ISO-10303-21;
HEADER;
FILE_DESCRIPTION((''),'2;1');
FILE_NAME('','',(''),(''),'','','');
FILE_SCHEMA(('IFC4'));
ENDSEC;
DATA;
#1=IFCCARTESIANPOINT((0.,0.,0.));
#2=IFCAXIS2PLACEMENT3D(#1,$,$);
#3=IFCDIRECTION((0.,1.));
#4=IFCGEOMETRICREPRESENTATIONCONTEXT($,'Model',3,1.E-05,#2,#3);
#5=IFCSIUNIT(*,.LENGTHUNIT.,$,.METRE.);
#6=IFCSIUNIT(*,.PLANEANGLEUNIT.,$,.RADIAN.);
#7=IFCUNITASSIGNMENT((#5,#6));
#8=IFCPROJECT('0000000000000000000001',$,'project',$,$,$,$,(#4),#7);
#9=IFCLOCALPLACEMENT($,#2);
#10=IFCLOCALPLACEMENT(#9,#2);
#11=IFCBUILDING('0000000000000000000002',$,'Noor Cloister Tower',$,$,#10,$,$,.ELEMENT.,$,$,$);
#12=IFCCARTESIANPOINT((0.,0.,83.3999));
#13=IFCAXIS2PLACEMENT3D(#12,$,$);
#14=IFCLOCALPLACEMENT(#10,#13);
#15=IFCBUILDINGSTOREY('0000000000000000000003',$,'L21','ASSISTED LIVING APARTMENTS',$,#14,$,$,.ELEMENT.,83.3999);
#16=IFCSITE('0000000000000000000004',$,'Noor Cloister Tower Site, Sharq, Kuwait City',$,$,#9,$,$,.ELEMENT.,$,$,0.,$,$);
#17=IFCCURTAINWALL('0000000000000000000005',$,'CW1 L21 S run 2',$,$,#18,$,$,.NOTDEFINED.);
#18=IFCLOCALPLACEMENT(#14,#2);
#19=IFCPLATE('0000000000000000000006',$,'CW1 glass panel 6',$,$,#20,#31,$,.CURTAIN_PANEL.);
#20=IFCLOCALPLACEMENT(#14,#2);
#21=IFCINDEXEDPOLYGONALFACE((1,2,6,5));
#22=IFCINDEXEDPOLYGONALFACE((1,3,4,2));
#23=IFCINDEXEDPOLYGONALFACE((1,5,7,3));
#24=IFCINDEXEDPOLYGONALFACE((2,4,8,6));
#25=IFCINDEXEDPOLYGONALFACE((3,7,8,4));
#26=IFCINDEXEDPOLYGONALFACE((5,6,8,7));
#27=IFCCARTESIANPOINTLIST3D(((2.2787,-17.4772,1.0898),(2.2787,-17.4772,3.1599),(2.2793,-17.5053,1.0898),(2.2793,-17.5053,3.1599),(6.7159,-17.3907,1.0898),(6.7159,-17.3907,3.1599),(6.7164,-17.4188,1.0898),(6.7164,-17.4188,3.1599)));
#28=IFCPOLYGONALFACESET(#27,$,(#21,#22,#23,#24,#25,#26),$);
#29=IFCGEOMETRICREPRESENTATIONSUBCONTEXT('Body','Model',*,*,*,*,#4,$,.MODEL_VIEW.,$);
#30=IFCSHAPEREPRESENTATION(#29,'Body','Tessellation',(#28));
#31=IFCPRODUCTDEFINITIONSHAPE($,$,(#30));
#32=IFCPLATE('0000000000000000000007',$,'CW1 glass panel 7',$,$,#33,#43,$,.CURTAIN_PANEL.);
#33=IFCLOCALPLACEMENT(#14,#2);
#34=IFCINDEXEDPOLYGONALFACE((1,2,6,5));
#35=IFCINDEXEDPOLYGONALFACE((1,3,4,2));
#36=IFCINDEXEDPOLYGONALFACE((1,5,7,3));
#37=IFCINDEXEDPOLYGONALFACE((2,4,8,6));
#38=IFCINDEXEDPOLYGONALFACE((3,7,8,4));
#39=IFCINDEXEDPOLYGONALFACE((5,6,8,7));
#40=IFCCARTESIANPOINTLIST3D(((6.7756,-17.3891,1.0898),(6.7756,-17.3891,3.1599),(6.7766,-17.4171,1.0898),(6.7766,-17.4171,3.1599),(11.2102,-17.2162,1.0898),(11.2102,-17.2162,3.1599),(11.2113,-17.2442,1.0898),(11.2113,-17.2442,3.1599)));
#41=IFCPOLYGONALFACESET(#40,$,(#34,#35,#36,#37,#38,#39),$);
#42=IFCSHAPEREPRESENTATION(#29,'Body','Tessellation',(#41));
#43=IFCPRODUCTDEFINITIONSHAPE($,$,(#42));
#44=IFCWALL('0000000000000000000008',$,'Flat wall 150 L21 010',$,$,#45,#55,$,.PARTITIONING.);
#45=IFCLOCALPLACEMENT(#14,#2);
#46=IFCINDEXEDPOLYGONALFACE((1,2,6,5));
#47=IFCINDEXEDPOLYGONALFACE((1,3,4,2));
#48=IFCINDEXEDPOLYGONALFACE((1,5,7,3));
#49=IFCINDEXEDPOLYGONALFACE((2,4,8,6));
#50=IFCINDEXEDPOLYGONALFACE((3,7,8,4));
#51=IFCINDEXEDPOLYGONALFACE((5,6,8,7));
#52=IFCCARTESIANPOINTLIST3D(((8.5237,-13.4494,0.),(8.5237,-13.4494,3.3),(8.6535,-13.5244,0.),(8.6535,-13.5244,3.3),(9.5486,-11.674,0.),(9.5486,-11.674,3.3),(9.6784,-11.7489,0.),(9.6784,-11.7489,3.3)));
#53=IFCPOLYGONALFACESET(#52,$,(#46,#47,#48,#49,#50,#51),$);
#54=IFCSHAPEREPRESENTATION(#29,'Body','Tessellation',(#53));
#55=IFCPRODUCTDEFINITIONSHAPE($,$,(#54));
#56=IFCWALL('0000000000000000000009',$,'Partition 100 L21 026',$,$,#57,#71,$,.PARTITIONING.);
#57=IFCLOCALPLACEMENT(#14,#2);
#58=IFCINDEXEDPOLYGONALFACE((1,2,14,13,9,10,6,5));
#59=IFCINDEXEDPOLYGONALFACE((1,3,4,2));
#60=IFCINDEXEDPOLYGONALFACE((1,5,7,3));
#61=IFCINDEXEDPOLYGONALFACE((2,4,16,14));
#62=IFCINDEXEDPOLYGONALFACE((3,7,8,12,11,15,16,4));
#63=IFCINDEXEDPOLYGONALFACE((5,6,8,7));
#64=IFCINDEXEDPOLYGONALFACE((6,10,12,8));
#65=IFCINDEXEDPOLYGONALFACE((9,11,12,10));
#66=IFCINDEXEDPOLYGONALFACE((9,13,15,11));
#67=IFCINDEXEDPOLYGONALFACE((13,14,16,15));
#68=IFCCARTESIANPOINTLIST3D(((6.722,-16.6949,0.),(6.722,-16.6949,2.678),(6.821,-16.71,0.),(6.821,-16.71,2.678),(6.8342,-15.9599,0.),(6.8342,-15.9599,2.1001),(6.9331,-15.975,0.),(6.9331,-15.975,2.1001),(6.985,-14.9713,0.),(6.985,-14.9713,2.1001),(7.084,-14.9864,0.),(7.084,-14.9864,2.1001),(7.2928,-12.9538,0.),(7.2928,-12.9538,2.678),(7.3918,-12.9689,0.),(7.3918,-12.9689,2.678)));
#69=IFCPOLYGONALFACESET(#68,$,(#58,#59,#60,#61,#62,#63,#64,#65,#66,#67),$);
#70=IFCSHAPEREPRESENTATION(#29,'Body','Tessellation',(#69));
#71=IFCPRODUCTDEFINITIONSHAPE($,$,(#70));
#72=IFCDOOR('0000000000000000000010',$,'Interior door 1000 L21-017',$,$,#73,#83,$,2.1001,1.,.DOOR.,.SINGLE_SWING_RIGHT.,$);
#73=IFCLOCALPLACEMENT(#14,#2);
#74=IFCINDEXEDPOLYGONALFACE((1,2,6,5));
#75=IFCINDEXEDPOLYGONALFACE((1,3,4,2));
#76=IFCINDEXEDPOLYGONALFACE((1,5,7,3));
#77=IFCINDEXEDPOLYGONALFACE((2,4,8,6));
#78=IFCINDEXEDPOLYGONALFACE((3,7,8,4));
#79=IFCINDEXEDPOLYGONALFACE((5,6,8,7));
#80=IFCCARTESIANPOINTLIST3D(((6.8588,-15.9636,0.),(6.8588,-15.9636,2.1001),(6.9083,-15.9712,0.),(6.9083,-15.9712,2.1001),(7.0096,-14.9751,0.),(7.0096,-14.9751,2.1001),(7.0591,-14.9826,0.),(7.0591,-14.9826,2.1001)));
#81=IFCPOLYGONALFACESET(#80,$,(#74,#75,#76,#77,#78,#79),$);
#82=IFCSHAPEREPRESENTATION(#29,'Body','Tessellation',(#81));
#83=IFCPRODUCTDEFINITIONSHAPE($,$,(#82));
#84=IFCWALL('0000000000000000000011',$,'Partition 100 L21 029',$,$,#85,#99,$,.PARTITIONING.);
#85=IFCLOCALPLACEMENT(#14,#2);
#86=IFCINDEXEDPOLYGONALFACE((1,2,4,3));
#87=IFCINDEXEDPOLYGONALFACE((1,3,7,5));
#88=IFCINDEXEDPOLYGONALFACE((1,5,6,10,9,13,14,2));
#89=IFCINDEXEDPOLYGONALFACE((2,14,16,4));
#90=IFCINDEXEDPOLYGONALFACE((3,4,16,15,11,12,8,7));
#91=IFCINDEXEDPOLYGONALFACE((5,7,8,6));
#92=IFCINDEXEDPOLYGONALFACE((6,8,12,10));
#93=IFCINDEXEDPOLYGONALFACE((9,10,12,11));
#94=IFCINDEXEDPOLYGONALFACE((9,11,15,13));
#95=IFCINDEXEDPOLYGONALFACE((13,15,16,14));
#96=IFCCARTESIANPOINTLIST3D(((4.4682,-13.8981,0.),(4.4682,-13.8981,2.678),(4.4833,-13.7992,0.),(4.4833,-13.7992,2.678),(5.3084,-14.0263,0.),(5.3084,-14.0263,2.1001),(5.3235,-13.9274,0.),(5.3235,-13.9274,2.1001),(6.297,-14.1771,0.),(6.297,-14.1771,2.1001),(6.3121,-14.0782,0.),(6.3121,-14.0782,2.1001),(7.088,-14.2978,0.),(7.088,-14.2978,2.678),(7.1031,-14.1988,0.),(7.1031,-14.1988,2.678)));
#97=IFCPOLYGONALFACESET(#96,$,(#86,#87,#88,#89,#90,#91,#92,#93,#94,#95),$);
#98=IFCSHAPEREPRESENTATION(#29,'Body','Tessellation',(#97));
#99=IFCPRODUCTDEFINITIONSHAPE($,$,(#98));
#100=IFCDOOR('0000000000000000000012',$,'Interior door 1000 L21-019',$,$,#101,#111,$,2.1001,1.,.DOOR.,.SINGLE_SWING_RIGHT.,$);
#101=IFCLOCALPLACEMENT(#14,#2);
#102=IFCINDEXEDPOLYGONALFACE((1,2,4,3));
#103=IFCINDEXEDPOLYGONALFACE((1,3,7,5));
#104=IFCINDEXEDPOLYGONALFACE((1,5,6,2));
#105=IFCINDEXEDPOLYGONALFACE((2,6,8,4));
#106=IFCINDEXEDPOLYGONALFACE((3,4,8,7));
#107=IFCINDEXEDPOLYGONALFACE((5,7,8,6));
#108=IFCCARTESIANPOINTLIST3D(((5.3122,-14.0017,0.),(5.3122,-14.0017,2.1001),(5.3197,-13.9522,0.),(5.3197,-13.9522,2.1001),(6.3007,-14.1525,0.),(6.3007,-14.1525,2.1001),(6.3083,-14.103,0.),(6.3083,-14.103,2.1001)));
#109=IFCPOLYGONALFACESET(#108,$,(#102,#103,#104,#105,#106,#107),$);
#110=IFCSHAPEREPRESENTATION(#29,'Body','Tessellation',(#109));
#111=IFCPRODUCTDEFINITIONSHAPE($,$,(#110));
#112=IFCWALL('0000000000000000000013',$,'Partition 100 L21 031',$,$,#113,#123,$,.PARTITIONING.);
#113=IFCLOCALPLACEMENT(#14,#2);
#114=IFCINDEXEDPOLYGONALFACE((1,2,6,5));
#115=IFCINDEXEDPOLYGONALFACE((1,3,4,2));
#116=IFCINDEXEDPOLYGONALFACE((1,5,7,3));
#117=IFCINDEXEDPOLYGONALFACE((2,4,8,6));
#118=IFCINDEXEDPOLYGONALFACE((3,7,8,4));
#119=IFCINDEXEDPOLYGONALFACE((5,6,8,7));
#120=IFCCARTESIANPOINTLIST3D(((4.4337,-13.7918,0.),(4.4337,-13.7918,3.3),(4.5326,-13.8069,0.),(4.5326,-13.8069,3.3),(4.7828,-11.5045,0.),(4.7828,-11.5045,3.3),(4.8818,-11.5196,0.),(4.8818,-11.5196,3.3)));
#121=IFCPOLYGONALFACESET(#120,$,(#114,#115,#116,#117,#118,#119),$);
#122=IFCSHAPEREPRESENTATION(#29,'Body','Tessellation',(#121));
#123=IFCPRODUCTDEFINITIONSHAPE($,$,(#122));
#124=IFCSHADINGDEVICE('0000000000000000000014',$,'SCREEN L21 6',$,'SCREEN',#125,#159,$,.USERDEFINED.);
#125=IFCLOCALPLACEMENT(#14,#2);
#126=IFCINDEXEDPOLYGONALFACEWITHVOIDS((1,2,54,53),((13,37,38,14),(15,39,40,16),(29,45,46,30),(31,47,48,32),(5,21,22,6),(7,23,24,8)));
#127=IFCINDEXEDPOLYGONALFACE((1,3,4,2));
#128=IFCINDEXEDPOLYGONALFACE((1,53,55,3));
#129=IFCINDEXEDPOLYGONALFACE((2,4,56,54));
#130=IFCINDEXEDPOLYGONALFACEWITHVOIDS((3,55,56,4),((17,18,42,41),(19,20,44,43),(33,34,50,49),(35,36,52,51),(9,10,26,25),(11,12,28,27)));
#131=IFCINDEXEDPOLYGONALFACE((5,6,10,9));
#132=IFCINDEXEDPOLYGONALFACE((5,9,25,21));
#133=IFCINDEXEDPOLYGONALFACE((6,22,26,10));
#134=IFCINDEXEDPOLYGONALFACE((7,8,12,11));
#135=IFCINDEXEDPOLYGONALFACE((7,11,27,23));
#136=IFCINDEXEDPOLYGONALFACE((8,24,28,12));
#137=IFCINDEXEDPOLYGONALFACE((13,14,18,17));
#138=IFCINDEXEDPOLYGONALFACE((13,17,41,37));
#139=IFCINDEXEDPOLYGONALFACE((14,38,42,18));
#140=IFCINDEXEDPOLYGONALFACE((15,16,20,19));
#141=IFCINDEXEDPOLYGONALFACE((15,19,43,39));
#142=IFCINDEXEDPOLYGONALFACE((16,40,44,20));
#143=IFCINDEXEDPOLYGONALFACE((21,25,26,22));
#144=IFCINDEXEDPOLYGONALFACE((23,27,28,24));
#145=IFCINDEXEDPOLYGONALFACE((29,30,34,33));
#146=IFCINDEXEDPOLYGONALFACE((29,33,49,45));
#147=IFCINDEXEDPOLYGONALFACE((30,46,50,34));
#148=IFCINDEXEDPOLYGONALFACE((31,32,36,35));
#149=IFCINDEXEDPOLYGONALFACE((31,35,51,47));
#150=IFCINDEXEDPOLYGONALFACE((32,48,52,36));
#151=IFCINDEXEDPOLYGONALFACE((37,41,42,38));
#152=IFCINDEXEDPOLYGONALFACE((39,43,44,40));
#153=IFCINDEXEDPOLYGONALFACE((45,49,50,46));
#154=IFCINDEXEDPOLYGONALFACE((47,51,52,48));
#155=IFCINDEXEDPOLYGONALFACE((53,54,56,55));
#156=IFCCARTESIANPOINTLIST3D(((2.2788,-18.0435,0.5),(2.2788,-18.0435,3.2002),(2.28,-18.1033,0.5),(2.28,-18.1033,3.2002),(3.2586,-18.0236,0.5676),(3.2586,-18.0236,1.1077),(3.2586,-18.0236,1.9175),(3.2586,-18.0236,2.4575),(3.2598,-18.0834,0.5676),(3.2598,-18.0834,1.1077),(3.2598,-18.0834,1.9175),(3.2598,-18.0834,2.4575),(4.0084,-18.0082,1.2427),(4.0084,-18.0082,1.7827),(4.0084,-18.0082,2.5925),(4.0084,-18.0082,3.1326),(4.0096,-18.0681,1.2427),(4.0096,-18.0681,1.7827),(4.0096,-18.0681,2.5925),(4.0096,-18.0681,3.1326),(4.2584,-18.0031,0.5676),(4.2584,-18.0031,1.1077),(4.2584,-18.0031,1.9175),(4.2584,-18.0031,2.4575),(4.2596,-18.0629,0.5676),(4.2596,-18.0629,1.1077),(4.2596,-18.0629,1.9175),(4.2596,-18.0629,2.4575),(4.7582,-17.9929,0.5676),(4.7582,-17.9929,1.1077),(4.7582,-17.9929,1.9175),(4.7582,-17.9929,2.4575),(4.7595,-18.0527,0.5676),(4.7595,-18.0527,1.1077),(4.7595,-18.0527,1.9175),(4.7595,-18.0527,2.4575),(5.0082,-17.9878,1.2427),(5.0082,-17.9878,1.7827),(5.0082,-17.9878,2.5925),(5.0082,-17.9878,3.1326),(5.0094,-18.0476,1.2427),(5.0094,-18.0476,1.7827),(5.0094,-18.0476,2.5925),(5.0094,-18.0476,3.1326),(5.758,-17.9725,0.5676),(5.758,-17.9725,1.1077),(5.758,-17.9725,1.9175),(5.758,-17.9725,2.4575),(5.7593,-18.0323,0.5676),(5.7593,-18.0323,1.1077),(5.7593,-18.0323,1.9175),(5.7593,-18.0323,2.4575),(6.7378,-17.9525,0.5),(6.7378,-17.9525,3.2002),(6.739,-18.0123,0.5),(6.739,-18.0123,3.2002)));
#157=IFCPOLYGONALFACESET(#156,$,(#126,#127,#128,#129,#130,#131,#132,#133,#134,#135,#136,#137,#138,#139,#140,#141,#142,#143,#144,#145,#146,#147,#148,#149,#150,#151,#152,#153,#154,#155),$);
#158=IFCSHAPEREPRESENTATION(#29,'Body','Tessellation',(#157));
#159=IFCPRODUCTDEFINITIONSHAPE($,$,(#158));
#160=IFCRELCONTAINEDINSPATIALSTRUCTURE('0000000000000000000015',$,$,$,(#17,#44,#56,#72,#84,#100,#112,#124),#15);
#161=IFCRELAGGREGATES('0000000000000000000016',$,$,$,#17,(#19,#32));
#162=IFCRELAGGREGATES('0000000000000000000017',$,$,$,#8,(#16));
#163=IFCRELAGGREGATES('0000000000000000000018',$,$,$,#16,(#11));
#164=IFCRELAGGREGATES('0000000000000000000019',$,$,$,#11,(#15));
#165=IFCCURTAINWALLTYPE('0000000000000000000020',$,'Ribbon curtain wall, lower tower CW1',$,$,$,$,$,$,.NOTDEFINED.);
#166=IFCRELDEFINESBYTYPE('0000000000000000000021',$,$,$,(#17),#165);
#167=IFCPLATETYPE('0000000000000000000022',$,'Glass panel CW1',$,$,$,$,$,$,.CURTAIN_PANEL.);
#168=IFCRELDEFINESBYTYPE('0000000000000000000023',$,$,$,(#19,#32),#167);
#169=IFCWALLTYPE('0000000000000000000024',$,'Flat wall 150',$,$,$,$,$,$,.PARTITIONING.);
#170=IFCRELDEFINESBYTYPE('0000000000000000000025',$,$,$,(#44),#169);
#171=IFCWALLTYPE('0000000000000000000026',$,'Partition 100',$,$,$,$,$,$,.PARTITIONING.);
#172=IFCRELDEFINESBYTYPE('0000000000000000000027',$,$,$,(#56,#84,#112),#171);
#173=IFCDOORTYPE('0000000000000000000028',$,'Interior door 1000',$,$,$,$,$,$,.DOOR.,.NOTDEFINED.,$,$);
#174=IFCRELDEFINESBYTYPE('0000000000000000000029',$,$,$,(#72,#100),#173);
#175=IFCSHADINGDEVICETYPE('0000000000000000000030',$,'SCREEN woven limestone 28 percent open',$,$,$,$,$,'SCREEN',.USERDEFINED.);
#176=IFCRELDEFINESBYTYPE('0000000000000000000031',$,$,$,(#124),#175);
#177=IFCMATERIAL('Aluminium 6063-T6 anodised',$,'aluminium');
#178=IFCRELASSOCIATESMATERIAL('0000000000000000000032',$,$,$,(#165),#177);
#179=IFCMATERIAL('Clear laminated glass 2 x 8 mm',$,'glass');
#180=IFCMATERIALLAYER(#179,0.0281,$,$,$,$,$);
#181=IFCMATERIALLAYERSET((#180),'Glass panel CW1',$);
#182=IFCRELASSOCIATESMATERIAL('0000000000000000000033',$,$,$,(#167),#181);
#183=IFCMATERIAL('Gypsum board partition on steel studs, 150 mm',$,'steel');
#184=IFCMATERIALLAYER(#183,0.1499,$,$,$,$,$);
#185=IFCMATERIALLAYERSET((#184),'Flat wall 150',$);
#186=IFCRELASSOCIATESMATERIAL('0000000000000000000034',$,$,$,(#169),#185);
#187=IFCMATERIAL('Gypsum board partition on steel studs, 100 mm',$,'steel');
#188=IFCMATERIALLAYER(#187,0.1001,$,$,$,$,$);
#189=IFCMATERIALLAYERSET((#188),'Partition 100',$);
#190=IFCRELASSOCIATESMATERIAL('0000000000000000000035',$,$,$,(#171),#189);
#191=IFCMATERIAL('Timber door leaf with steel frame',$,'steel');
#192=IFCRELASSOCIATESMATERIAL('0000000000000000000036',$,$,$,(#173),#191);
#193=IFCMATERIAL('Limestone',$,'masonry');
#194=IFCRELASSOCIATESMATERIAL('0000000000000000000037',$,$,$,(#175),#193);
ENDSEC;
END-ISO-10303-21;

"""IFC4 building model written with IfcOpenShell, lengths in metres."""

from ifc_helpers import new_model, si_unit, direction, frame, frame_2d, origin, origin_2d, place, context, subcontext, project, spatial, polyline, rectangle, outline, extrude, material, layer, layer_set, material_profile, profile_set, type_object, element, fill, aggregate, save


model = new_model("IFC4")

# Units and contexts
model_context = context("Model", 3, precision=1e-05, world=origin(), true_north=direction((0.0, 1.0)))
body_context = subcontext(model_context, "Body", "Model", "MODEL_VIEW")
ifc_project = project(units=[si_unit("LENGTHUNIT", "METRE"), si_unit("PLANEANGLEUNIT", "RADIAN")], contexts=[model_context])

# Site, building, storey
site_placement = place(None, origin())
site = spatial("IfcSite", under=ifc_project, at=site_placement, Name="Noor Cloister Tower Site, Sharq, Kuwait City", CompositionType="ELEMENT", RefElevation=0.0)
building_placement = place(site_placement, origin())
building = spatial("IfcBuilding", under=site, at=building_placement, Name="Noor Cloister Tower", CompositionType="ELEMENT")
storey_placement = place(building_placement, frame((0.0, 0.0, 83.3999)))
storey = spatial("IfcBuildingStorey", under=building, at=storey_placement, Name="L21", Description="ASSISTED LIVING APARTMENTS", CompositionType="ELEMENT", Elevation=83.3999)

# Curtain wall
ifc_material_1 = material(Name="Aluminium 6063-T6 anodised", Category="aluminium")
curtain_wall_type = type_object("IfcCurtainWallType", Name="Ribbon curtain wall, lower tower CW1", PredefinedType="NOTDEFINED", material=ifc_material_1)
curtain_wall_placement = place(storey_placement, origin())
curtain_wall = element("IfcCurtainWall", 1, at=curtain_wall_placement, inside=storey, type_object=curtain_wall_type, Name="CW1 L21 S run 2", PredefinedType="NOTDEFINED")

# Plates
ifc_material_2 = material(Name="Clear laminated glass 2 x 8 mm", Category="glass")
ifc_layer_1 = layer(ifc_material_2, 0.0281)
ifc_layer_set_1 = layer_set([ifc_layer_1], Name="Glass panel CW1")
plate_type = type_object("IfcPlateType", Name="Glass panel CW1", PredefinedType="CURTAIN_PANEL", material=ifc_layer_set_1)
plate_1_placement = place(storey_placement, frame((4.4976, -17.448, 1.0898), z_axis=(0.0, 0.0, 1.0), x_axis=(0.99981, 0.019479, 0.0)))
plate_1 = element("IfcPlate", 2, at=plate_1_placement, type_object=plate_type, Name="CW1 glass panel 6", PredefinedType="CURTAIN_PANEL", context=body_context, shape_type="SweptSolid", body=[
    extrude(rectangle(XDim=4.438, YDim=0.0281, at=origin_2d()), origin(), (0.0, 0.0, 1.0), 2.0701),
])
plate_2_placement = place(storey_placement, frame((8.9934, -17.3167, 1.0898), z_axis=(0.0, 0.0, 1.0), x_axis=(0.999241, 0.03895, 0.0)))
plate_2 = element("IfcPlate", 3, at=plate_2_placement, type_object=plate_type, Name="CW1 glass panel 7", PredefinedType="CURTAIN_PANEL", context=body_context, shape_type="SweptSolid", body=[
    extrude(rectangle(XDim=4.438, YDim=0.0281, at=origin_2d()), origin(), (0.0, 0.0, 1.0), 2.0701),
])
aggregate(curtain_wall, [plate_1, plate_2])

# Wall
ifc_material_3 = material(Name="Gypsum board partition on steel studs, 150 mm", Category="steel")
ifc_layer_2 = layer(ifc_material_3, 0.1499)
ifc_layer_set_2 = layer_set([ifc_layer_2], Name="Flat wall 150")
wall_type_1 = type_object("IfcWallType", Name="Flat wall 150", PredefinedType="PARTITIONING", material=ifc_layer_set_2)
wall_1_placement = place(storey_placement, frame((8.5886, -13.4868, 0.0), z_axis=(0.0, 0.0, 1.0), x_axis=(0.499956, 0.866051, 0.0)))
element("IfcWall", 4, at=wall_1_placement, inside=storey, type_object=wall_type_1, Name="Flat wall 150 L21 010", PredefinedType="PARTITIONING", context=body_context, shape_type="SweptSolid", body=[
    extrude(rectangle(XDim=2.05, YDim=0.1499, at=frame_2d((1.0249, 0.0))), origin(), (0.0, 0.0, 1.0), 3.3),
])

# Walls, openings, doors
ifc_material_4 = material(Name="Gypsum board partition on steel studs, 100 mm", Category="steel")
ifc_layer_3 = layer(ifc_material_4, 0.1001)
ifc_layer_set_3 = layer_set([ifc_layer_3], Name="Partition 100")
wall_type_2 = type_object("IfcWallType", Name="Partition 100", PredefinedType="PARTITIONING", material=ifc_layer_set_3)
wall_2_placement = place(storey_placement, frame((7.3423, -12.9614, 0.0), z_axis=(0.0, 0.0, 1.0), x_axis=(-0.150826, -0.98856, 0.0)))
wall_2 = element("IfcWall", 5, at=wall_2_placement, inside=storey, type_object=wall_type_2, Name="Partition 100 L21 026", PredefinedType="PARTITIONING", context=body_context, shape_type="SweptSolid", body=[
    extrude(rectangle(XDim=3.7844, YDim=0.1001, at=frame_2d((1.8921, 0.0))), origin(), (0.0, 0.0, 1.0), 2.678),
])
opening_1_placement = place(wall_2_placement, frame((2.0408, 0.0, 0.0)))
opening_1 = element("IfcOpeningElement", 6, at=opening_1_placement, cuts=wall_2, PredefinedType="OPENING", context=body_context, shape_type="SweptSolid", body=[
    extrude(rectangle(XDim=1.0, YDim=2.1001, at=frame_2d((0.5, 1.05))), frame((0.0, 0.0601, 0.0), z_axis=(0.0, -1.0, 0.0), x_axis=(1.0, 0.0, 0.0)), (0.0, 0.0, 1.0), 0.1201),
])
ifc_material_5 = material(Name="Timber door leaf with steel frame", Category="steel")
door_type = type_object("IfcDoorType", Name="Interior door 1000", OperationType="NOTDEFINED", PredefinedType="DOOR", material=ifc_material_5)
door_1_placement = place(opening_1_placement, origin())
door_1 = element("IfcDoor", 7, at=door_1_placement, inside=storey, type_object=door_type, Name="Interior door 1000 L21-017", OperationType="SINGLE_SWING_RIGHT", OverallHeight=2.1001, OverallWidth=1.0, PredefinedType="DOOR", context=body_context, shape_type="SweptSolid", body=[
    extrude(rectangle(XDim=1.0, YDim=2.1001, at=frame_2d((0.5, 1.05))), frame((0.0, 0.0249, 0.0), z_axis=(0.0, -1.0, 0.0), x_axis=(1.0, 0.0, 0.0)), (0.0, 0.0, 1.0), 0.05),
])
fill(opening_1, door_1)
wall_3_placement = place(storey_placement, frame((4.4756, -13.8486, 0.0), z_axis=(0.0, 0.0, 1.0), x_axis=(0.988564, -0.150804, 0.0)))
wall_3 = element("IfcWall", 8, at=wall_3_placement, inside=storey, type_object=wall_type_2, Name="Partition 100 L21 029", PredefinedType="PARTITIONING", context=body_context, shape_type="SweptSolid", body=[
    extrude(rectangle(XDim=2.6501, YDim=0.1001, at=frame_2d((1.3252, 0.0))), origin(), (0.0, 0.0, 1.0), 2.678),
])
opening_2_placement = place(wall_3_placement, frame((0.8501, 0.0, 0.0)))
opening_2 = element("IfcOpeningElement", 9, at=opening_2_placement, cuts=wall_3, PredefinedType="OPENING", context=body_context, shape_type="SweptSolid", body=[
    extrude(rectangle(XDim=1.0, YDim=2.1001, at=frame_2d((0.5, 1.05))), frame((0.0, 0.0601, 0.0), z_axis=(0.0, -1.0, 0.0), x_axis=(1.0, 0.0, 0.0)), (0.0, 0.0, 1.0), 0.1201),
])
door_2_placement = place(opening_2_placement, origin())
door_2 = element("IfcDoor", 10, at=door_2_placement, inside=storey, type_object=door_type, Name="Interior door 1000 L21-019", OperationType="SINGLE_SWING_RIGHT", OverallHeight=2.1001, OverallWidth=1.0, PredefinedType="DOOR", context=body_context, shape_type="SweptSolid", body=[
    extrude(rectangle(XDim=1.0, YDim=2.1001, at=frame_2d((0.5, 1.05))), frame((0.0, 0.0249, 0.0), z_axis=(0.0, -1.0, 0.0), x_axis=(1.0, 0.0, 0.0)), (0.0, 0.0, 1.0), 0.05),
])
fill(opening_2, door_2)

# Wall
wall_4_placement = place(storey_placement, frame((4.8323, -11.5122, 0.0), z_axis=(0.0, 0.0, 1.0), x_axis=(-0.150899, -0.988549, 0.0)))
element("IfcWall", 11, at=wall_4_placement, inside=storey, type_object=wall_type_2, Name="Partition 100 L21 031", PredefinedType="PARTITIONING", context=body_context, shape_type="SweptSolid", body=[
    extrude(rectangle(XDim=2.3137, YDim=0.1001, at=frame_2d((1.1567, 0.0))), origin(), (0.0, 0.0, 1.0), 3.3),
])

# Shading device
ifc_material_6 = material(Name="Limestone", Category="masonry")
ifc_material_profile_1 = material_profile(ifc_material_6, outline(polyline([(-2.23, -1.3501), (2.23, -1.3501), (2.23, 1.3501), (-2.23, 1.3501), (-2.23, -1.3501)]), holes=[polyline([(-1.25, -1.2825), (-0.25, -1.2825), (-0.25, -0.7424), (-1.25, -0.7424), (-1.25, -1.2825)]), polyline([(0.25, -1.2825), (1.25, -1.2825), (1.25, -0.7424), (0.25, -0.7424), (0.25, -1.2825)]), polyline([(-0.5, -0.6074), (0.5, -0.6074), (0.5, -0.0674), (-0.5, -0.0674), (-0.5, -0.6074)]), polyline([(-1.25, 0.0674), (-0.25, 0.0674), (-0.25, 0.6074), (-1.25, 0.6074), (-1.25, 0.0674)]), polyline([(0.25, 0.0674), (1.25, 0.0674), (1.25, 0.6074), (0.25, 0.6074), (0.25, 0.0674)]), polyline([(-0.5, 0.7424), (0.5, 0.7424), (0.5, 1.2825), (-0.5, 1.2825), (-0.5, 0.7424)])]), Name="Woven screen 28 percent open")
ifc_profile_set_1 = profile_set([ifc_material_profile_1], Name="Limestone")
shading_device_type = type_object("IfcShadingDeviceType", Name="SCREEN woven limestone 28 percent open", ElementType="SCREEN", PredefinedType="USERDEFINED", material=ifc_profile_set_1)
shading_device_1_placement = place(storey_placement, frame((4.5083, -17.998, 1.8501), z_axis=(0.020404, -0.999792, 0.0), x_axis=(0.999792, 0.020404, 0.0)))
element("IfcShadingDevice", 12, at=shading_device_1_placement, inside=storey, type_object=shading_device_type, Name="SCREEN L21 6", ObjectType="SCREEN", PredefinedType="USERDEFINED", context=body_context, shape_type="SweptSolid", body=[
    extrude(outline(polyline([(-2.23, -1.3501), (2.23, -1.3501), (2.23, 1.3501), (-2.23, 1.3501), (-2.23, -1.3501)]), holes=[polyline([(-1.25, -1.2825), (-0.25, -1.2825), (-0.25, -0.7424), (-1.25, -0.7424), (-1.25, -1.2825)]), polyline([(0.25, -1.2825), (1.25, -1.2825), (1.25, -0.7424), (0.25, -0.7424), (0.25, -1.2825)]), polyline([(-0.5, -0.6074), (0.5, -0.6074), (0.5, -0.0674), (-0.5, -0.0674), (-0.5, -0.6074)]), polyline([(-1.25, 0.0674), (-0.25, 0.0674), (-0.25, 0.6074), (-1.25, 0.6074), (-1.25, 0.0674)]), polyline([(0.25, 0.0674), (1.25, 0.0674), (1.25, 0.6074), (0.25, 0.6074), (0.25, 0.0674)]), polyline([(-0.5, 0.7424), (0.5, 0.7424), (0.5, 1.2825), (-0.5, 1.2825), (-0.5, 0.7424)])]), origin(), (0.0, 0.0, 1.0), 0.0598),
])

save(model, "model.ifc")
